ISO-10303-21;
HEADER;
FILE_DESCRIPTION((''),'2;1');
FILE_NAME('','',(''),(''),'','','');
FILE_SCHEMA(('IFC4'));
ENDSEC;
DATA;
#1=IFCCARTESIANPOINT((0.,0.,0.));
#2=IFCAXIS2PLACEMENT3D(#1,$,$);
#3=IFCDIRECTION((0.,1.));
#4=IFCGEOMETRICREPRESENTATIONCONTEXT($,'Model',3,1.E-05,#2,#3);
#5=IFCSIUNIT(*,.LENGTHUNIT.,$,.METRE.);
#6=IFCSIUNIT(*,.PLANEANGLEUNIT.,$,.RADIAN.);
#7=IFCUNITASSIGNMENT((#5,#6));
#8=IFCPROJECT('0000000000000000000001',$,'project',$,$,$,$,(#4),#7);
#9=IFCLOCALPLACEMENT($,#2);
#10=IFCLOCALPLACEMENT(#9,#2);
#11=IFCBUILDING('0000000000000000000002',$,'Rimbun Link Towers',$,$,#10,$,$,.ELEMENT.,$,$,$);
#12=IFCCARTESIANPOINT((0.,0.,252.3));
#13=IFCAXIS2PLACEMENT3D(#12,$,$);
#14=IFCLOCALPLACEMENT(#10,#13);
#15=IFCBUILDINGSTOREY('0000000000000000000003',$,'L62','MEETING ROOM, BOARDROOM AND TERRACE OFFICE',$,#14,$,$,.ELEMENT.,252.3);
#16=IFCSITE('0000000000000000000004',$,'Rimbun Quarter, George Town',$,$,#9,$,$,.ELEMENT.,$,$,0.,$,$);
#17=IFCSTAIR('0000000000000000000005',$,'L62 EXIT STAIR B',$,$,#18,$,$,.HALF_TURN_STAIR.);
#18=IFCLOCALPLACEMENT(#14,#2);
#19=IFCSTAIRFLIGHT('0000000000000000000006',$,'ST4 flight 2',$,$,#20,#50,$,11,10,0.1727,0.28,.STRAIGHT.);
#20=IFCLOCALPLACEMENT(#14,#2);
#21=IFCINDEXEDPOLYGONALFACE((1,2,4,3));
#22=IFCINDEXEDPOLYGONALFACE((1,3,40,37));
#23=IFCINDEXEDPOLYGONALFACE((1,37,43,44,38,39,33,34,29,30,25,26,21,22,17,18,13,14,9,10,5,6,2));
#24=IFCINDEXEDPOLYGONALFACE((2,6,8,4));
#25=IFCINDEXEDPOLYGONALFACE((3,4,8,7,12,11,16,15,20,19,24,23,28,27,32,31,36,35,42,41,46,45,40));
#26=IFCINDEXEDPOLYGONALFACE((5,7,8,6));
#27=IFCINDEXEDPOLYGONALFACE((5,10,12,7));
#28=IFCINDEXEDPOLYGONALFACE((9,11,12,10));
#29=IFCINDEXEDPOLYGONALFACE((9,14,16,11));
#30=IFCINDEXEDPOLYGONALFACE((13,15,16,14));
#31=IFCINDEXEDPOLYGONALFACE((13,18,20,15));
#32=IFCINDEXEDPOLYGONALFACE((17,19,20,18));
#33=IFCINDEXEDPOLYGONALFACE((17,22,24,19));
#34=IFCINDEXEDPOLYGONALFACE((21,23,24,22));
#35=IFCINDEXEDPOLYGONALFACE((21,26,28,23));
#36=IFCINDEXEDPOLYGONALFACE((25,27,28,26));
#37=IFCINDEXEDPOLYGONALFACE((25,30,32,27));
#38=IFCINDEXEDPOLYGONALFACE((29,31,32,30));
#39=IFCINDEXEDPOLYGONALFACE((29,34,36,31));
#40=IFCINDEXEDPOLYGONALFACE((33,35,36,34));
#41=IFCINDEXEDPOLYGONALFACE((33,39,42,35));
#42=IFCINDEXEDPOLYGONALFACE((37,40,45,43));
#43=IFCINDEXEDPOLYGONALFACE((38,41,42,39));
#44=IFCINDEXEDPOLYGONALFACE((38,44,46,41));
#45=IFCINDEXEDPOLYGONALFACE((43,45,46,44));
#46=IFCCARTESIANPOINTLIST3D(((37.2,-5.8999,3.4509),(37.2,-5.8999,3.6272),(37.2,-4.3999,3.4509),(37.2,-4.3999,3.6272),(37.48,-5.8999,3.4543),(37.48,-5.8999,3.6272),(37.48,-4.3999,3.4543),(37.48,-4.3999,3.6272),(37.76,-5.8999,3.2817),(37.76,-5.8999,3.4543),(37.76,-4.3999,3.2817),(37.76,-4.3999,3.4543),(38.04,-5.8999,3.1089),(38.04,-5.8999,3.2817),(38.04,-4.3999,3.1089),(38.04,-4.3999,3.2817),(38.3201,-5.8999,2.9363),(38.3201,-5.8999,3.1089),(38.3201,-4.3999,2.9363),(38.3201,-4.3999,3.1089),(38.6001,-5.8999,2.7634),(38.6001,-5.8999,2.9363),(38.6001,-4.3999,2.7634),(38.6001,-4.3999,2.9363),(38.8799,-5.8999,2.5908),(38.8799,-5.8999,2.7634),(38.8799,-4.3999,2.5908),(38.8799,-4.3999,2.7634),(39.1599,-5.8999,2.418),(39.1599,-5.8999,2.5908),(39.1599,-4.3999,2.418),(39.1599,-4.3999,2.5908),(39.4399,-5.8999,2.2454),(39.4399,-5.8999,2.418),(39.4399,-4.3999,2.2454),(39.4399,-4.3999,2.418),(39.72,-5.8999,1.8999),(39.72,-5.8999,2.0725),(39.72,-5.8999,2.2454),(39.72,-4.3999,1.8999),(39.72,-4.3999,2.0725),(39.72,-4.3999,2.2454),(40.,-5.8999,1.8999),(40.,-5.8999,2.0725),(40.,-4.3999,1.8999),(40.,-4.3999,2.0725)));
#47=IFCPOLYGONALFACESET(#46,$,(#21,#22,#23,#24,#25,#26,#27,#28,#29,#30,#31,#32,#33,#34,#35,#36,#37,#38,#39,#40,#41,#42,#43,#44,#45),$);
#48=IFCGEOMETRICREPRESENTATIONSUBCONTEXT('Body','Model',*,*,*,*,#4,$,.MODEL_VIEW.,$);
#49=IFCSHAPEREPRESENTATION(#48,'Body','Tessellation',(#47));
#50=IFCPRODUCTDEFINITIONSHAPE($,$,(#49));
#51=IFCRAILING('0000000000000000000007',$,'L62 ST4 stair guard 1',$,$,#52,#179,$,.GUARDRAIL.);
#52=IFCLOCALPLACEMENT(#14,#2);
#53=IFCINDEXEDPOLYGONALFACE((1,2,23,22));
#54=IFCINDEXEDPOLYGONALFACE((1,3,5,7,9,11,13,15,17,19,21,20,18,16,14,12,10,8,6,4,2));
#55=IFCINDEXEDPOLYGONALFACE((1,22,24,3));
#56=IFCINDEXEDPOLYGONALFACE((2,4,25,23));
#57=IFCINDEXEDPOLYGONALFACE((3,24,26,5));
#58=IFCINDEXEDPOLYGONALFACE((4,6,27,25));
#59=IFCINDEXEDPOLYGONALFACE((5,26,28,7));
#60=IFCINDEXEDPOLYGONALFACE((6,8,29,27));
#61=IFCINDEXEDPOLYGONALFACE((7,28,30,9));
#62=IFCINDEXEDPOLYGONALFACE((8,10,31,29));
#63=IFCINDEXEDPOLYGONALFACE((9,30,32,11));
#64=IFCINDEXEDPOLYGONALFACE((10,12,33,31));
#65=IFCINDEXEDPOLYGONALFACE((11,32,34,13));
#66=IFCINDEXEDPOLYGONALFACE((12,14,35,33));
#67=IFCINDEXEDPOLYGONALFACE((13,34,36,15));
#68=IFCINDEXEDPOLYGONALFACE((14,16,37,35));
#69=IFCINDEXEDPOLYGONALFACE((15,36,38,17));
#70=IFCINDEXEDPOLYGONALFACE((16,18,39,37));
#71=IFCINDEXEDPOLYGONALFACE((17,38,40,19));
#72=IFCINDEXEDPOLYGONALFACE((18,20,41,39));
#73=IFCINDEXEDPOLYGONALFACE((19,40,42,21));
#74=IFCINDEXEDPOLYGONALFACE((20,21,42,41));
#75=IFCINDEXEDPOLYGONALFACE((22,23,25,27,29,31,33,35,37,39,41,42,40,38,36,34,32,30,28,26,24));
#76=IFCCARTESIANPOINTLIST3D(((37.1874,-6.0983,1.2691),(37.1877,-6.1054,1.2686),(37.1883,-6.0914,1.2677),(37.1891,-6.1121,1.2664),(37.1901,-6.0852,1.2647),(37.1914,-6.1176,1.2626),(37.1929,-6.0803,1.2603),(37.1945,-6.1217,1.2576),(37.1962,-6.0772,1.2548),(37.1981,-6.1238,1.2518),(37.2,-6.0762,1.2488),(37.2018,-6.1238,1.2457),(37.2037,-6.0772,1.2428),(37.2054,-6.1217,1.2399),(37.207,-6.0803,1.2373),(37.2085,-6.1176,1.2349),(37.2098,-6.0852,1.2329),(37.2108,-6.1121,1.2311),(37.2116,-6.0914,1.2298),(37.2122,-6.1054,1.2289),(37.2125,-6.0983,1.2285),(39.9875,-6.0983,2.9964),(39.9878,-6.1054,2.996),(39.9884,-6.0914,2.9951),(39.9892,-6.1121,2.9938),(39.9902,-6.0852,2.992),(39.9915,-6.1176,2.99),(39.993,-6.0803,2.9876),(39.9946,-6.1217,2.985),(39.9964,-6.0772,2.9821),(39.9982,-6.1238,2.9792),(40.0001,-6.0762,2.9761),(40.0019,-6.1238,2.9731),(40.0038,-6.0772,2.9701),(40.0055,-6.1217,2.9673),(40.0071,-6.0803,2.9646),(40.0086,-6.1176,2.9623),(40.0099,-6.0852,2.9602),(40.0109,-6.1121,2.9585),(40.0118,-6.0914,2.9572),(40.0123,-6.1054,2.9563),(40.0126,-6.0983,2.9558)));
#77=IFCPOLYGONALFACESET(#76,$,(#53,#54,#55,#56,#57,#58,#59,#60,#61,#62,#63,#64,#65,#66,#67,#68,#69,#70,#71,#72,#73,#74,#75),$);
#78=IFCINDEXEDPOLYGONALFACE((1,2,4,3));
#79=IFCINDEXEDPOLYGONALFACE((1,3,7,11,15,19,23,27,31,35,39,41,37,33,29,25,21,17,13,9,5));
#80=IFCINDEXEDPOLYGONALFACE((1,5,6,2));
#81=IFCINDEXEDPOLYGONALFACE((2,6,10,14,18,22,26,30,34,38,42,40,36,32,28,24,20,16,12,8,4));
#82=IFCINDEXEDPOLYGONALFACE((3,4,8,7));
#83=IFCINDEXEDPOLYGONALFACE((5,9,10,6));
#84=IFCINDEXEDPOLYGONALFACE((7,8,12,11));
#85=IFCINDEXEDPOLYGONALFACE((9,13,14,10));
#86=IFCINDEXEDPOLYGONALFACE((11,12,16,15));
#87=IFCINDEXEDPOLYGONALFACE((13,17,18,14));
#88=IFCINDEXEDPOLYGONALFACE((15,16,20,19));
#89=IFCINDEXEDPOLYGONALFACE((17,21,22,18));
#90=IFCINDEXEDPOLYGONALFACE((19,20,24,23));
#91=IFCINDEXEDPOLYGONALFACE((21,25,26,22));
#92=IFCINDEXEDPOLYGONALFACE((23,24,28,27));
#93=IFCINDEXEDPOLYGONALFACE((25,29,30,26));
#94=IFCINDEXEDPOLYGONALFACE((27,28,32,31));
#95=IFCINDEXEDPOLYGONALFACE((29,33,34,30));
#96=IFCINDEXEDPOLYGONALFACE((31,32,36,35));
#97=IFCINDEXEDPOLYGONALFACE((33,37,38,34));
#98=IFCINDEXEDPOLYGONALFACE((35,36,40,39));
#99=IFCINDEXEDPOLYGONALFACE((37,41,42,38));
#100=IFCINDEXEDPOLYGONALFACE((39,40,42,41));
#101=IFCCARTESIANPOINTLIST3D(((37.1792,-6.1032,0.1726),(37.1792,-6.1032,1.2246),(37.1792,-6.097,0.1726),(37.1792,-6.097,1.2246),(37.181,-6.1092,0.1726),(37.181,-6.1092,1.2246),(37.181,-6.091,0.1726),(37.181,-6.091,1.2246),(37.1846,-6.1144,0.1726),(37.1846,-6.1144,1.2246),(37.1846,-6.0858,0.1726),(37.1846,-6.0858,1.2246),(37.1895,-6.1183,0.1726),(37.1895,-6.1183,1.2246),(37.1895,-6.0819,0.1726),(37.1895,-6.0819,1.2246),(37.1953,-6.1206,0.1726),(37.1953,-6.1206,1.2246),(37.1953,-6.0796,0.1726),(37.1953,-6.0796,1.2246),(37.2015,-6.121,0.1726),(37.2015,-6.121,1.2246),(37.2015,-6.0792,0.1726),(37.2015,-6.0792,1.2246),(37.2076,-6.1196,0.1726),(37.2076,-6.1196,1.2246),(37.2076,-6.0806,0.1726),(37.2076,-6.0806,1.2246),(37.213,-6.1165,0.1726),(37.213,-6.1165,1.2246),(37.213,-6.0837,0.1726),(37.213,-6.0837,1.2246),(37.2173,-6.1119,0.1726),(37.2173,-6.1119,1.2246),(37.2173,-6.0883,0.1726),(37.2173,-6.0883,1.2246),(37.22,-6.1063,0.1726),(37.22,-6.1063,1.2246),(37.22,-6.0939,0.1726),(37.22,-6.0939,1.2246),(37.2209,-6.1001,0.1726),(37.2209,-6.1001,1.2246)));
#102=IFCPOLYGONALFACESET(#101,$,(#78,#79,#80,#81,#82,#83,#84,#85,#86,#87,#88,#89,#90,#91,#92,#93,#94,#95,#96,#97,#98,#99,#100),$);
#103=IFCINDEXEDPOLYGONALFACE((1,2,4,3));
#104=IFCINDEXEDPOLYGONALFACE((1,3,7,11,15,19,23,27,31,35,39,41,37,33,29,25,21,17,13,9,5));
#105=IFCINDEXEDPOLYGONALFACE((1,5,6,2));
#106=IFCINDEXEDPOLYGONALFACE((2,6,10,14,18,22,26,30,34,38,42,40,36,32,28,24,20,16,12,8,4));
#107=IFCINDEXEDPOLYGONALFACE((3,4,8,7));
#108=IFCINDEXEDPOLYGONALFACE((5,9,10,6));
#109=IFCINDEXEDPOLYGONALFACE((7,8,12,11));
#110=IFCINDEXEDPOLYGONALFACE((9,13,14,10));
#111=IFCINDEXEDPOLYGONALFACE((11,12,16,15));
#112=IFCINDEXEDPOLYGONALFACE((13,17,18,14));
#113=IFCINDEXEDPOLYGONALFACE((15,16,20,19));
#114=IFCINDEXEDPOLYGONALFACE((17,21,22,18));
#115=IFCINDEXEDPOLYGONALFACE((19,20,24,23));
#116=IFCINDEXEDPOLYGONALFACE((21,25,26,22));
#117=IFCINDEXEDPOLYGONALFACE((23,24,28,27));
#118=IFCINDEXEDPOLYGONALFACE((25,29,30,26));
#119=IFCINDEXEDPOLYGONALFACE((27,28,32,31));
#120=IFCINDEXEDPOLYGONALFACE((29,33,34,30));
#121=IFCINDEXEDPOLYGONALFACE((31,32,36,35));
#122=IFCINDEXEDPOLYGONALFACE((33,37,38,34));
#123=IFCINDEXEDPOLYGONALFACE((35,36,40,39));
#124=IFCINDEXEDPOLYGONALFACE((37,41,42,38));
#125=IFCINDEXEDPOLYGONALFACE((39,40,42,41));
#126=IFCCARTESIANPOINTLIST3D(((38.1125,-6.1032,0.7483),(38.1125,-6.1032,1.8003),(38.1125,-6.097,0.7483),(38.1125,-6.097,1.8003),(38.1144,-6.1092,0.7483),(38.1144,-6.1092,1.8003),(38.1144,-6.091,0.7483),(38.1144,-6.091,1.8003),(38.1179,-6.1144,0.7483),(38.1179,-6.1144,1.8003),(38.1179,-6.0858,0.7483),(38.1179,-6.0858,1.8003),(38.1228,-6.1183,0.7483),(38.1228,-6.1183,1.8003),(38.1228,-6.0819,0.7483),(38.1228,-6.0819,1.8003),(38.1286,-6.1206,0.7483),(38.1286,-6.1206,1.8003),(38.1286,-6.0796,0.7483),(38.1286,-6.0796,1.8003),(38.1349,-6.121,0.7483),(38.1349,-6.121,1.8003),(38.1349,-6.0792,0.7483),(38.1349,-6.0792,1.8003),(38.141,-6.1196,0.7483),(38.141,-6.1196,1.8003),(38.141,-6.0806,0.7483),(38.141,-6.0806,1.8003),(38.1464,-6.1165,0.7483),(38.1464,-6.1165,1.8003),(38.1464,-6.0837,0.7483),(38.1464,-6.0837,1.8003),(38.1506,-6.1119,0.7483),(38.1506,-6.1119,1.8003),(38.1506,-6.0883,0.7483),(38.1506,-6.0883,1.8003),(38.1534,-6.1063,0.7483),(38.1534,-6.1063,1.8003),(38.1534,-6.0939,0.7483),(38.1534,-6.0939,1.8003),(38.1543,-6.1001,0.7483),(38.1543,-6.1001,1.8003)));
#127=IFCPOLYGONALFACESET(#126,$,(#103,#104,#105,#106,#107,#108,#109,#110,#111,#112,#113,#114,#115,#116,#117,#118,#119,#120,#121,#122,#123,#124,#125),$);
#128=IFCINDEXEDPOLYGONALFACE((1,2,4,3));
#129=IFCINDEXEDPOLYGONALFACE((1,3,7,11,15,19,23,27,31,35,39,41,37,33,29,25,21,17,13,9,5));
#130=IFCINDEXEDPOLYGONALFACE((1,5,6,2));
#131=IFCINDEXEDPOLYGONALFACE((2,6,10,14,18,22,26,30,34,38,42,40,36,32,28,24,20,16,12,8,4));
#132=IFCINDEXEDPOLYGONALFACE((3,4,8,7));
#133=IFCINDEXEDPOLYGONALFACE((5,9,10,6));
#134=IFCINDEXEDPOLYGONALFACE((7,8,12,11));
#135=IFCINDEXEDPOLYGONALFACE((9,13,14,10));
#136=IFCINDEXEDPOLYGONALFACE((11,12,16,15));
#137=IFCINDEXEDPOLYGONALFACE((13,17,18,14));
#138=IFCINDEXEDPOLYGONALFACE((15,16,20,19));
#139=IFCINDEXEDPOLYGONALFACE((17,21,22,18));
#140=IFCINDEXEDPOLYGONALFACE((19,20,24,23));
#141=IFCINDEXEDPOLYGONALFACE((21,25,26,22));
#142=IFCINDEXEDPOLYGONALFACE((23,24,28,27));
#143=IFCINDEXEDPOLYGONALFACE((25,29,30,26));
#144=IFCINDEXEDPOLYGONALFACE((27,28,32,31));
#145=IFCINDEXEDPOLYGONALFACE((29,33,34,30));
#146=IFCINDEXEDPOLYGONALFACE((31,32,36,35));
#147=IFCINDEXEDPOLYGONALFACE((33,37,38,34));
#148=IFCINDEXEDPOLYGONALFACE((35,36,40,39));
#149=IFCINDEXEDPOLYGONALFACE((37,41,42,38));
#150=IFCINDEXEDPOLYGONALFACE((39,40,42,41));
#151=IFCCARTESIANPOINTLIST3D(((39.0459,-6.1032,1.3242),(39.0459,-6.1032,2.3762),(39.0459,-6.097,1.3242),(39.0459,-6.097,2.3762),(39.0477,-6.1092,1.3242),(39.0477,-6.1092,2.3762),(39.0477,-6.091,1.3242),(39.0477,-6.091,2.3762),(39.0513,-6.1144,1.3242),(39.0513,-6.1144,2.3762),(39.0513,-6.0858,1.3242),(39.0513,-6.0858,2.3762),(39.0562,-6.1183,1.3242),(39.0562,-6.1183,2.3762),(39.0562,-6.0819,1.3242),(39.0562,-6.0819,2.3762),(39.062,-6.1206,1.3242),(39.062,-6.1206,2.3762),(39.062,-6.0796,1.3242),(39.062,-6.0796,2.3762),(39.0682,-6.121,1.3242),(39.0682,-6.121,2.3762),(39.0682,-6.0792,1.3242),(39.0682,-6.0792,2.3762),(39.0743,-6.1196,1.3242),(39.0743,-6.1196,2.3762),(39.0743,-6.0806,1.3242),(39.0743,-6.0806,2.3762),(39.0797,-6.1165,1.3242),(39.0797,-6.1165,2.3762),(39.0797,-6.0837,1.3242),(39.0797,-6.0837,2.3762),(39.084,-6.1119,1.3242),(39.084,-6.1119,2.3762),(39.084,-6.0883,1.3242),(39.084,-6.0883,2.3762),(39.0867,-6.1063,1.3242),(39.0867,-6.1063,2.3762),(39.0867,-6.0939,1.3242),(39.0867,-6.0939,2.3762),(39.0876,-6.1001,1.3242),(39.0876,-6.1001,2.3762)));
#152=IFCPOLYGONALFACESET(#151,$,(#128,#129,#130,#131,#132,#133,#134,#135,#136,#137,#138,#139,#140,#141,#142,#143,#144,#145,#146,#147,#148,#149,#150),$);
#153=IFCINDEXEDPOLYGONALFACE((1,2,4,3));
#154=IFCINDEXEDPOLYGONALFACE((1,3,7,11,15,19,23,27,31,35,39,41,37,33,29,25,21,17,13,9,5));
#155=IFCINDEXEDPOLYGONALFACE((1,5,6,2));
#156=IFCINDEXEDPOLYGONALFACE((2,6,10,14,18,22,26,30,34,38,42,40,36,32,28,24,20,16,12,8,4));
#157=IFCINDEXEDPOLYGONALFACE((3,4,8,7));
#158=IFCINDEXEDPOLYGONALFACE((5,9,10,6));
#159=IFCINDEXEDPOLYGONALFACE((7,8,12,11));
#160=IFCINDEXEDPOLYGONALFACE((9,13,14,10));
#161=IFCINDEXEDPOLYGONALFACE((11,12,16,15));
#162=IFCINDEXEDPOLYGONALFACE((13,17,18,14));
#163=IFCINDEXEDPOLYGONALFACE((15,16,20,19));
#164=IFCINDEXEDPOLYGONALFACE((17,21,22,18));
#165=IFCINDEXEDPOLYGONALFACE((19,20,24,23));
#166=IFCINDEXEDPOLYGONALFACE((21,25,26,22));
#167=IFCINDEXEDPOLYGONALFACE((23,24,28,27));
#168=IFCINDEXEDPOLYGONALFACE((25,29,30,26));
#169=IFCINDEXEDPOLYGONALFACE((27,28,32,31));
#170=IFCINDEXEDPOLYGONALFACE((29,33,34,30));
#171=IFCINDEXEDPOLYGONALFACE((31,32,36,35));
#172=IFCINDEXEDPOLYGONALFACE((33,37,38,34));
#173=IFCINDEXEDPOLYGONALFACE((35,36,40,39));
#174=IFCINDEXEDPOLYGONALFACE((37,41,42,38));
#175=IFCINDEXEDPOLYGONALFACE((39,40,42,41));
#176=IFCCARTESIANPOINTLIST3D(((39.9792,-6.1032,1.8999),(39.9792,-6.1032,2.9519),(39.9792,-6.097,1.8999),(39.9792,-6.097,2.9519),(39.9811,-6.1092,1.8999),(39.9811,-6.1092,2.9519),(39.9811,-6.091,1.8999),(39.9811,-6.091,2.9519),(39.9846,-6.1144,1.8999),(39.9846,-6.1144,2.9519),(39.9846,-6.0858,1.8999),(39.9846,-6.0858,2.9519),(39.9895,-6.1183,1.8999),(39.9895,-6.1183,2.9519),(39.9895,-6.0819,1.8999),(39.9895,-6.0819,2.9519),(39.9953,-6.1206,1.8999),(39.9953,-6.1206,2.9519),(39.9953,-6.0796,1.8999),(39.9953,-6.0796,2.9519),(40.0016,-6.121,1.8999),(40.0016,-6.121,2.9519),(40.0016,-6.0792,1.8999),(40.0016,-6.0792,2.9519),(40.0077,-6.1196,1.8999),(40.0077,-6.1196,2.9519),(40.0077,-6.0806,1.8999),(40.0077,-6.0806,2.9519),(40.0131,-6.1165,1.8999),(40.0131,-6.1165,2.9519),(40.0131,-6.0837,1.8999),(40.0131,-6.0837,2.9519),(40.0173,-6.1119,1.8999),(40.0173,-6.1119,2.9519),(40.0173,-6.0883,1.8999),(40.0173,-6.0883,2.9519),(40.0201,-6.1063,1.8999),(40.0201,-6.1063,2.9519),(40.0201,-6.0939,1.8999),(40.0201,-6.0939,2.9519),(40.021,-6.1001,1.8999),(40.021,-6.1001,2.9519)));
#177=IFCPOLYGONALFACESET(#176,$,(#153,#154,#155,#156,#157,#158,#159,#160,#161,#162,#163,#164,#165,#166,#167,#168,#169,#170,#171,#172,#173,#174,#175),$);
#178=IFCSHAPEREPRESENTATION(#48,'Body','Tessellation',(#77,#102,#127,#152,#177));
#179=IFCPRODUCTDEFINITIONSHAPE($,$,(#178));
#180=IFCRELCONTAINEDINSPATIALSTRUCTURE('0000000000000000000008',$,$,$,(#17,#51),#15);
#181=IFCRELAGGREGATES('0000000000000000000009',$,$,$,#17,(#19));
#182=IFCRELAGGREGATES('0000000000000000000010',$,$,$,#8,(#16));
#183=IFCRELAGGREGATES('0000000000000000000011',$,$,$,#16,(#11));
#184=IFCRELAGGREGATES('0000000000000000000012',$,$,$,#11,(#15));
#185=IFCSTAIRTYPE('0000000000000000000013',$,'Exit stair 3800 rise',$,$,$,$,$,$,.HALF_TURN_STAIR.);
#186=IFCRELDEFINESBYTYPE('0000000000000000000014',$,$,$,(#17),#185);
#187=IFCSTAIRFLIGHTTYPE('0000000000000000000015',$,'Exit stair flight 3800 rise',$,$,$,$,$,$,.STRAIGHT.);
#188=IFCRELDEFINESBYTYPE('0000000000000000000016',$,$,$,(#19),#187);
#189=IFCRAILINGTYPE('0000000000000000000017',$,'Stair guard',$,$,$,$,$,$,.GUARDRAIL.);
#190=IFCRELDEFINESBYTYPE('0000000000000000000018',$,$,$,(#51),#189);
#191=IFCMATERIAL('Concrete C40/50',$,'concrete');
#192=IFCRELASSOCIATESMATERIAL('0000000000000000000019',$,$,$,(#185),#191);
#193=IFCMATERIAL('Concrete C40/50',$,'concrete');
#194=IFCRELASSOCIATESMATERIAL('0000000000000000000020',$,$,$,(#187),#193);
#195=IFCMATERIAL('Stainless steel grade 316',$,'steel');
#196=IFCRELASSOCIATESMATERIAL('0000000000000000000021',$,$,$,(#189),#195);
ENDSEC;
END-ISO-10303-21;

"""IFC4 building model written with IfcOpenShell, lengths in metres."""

from ifc_helpers import new_model, si_unit, direction, frame, origin, origin_2d, place, context, subcontext, project, spatial, polyline, circle, outline, extrude, material, type_object, element, aggregate, save


model = new_model("IFC4")

# Units and contexts
model_context = context("Model", 3, precision=1e-05, world=origin(), true_north=direction((0.0, 1.0)))
body_context = subcontext(model_context, "Body", "Model", "MODEL_VIEW")
ifc_project = project(units=[si_unit("LENGTHUNIT", "METRE"), si_unit("PLANEANGLEUNIT", "RADIAN")], contexts=[model_context])

# Site, building, storey
site_placement = place(None, origin())
site = spatial("IfcSite", under=ifc_project, at=site_placement, Name="Rimbun Quarter, George Town", CompositionType="ELEMENT", RefElevation=0.0)
building_placement = place(site_placement, origin())
building = spatial("IfcBuilding", under=site, at=building_placement, Name="Rimbun Link Towers", CompositionType="ELEMENT")
storey_placement = place(building_placement, frame((0.0, 0.0, 252.3)))
storey = spatial("IfcBuildingStorey", under=building, at=storey_placement, Name="L62", Description="MEETING ROOM, BOARDROOM AND TERRACE OFFICE", CompositionType="ELEMENT", Elevation=252.3)

# Stair, stair flight
ifc_material_1 = material(Name="Concrete C40/50", Category="concrete")
stair_type = type_object("IfcStairType", Name="Exit stair 3800 rise", PredefinedType="HALF_TURN_STAIR", material=ifc_material_1)
stair_placement = place(storey_placement, origin())
stair = element("IfcStair", 1, at=stair_placement, inside=storey, type_object=stair_type, Name="L62 EXIT STAIR B", PredefinedType="HALF_TURN_STAIR")
ifc_material_2 = material(Name="Concrete C40/50", Category="concrete")
stair_flight_type = type_object("IfcStairFlightType", Name="Exit stair flight 3800 rise", PredefinedType="STRAIGHT", material=ifc_material_2)
stair_flight_1_placement = place(storey_placement, frame((40.0, -5.1499, 1.8999), z_axis=(0.0, 0.0, 1.0), x_axis=(-1.0, 0.0, 0.0)))
stair_flight_1 = element("IfcStairFlight", 2, at=stair_flight_1_placement, type_object=stair_flight_type, Name="ST4 flight 2", NumberOfRisers=11, NumberOfTreads=10, PredefinedType="STRAIGHT", RiserHeight=0.1727, TreadLength=0.28, context=body_context, shape_type="SweptSolid", body=[
    extrude(outline(polyline([(0.0, 0.0), (0.0, 0.1726), (0.28, 0.1726), (0.28, 0.3455), (0.5601, 0.3455), (0.5601, 0.5181), (0.8401, 0.5181), (0.8401, 0.6909), (1.1201, 0.6909), (1.1201, 0.8635), (1.3999, 0.8635), (1.3999, 1.0364), (1.6799, 1.0364), (1.6799, 1.209), (1.96, 1.209), (1.96, 1.3818), (2.24, 1.3818), (2.24, 1.5544), (2.52, 1.5544), (2.52, 1.7273), (2.8, 1.7273), (2.8, 1.8999), (2.8, 1.551), (0.28, 0.0), (0.0, 0.0)])), frame((0.0, 0.75, 0.0), z_axis=(0.0, -1.0, 0.0), x_axis=(1.0, 0.0, 0.0)), (0.0, 0.0, 1.0), 1.5),
])
aggregate(stair, [stair_flight_1])

# Railing
ifc_material_3 = material(Name="Stainless steel grade 316", Category="steel")
railing_type_1 = type_object("IfcRailingType", Name="Stair guard", PredefinedType="GUARDRAIL", material=ifc_material_3)
railing_1_placement = place(storey_placement, frame((37.2, -6.1001, 0.1726)))
element("IfcRailing", 3, at=railing_1_placement, inside=storey, type_object=railing_type_1, Name="L62 ST4 stair guard 1", PredefinedType="GUARDRAIL", context=body_context, shape_type="SweptSolid", body=[
    extrude(circle(Radius=0.0239, at=origin_2d()), frame((0.0, 0.0, 1.0762), z_axis=(0.85109, 0.0, 0.52502), x_axis=(0.0, 1.0, 0.0)), (0.0, 0.0, 1.0), 3.29),
    extrude(circle(Radius=0.021, at=origin_2d()), origin(), (0.0, 0.0, 1.0), 1.052),
    extrude(circle(Radius=0.021, at=origin_2d()), frame((0.9333, 0.0, 0.5757)), (0.0, 0.0, 1.0), 1.052),
    extrude(circle(Radius=0.021, at=origin_2d()), frame((1.8667, 0.0, 1.1516)), (0.0, 0.0, 1.0), 1.052),
    extrude(circle(Radius=0.021, at=origin_2d()), frame((2.8, 0.0, 1.7273)), (0.0, 0.0, 1.0), 1.052),
])

save(model, "model.ifc")
